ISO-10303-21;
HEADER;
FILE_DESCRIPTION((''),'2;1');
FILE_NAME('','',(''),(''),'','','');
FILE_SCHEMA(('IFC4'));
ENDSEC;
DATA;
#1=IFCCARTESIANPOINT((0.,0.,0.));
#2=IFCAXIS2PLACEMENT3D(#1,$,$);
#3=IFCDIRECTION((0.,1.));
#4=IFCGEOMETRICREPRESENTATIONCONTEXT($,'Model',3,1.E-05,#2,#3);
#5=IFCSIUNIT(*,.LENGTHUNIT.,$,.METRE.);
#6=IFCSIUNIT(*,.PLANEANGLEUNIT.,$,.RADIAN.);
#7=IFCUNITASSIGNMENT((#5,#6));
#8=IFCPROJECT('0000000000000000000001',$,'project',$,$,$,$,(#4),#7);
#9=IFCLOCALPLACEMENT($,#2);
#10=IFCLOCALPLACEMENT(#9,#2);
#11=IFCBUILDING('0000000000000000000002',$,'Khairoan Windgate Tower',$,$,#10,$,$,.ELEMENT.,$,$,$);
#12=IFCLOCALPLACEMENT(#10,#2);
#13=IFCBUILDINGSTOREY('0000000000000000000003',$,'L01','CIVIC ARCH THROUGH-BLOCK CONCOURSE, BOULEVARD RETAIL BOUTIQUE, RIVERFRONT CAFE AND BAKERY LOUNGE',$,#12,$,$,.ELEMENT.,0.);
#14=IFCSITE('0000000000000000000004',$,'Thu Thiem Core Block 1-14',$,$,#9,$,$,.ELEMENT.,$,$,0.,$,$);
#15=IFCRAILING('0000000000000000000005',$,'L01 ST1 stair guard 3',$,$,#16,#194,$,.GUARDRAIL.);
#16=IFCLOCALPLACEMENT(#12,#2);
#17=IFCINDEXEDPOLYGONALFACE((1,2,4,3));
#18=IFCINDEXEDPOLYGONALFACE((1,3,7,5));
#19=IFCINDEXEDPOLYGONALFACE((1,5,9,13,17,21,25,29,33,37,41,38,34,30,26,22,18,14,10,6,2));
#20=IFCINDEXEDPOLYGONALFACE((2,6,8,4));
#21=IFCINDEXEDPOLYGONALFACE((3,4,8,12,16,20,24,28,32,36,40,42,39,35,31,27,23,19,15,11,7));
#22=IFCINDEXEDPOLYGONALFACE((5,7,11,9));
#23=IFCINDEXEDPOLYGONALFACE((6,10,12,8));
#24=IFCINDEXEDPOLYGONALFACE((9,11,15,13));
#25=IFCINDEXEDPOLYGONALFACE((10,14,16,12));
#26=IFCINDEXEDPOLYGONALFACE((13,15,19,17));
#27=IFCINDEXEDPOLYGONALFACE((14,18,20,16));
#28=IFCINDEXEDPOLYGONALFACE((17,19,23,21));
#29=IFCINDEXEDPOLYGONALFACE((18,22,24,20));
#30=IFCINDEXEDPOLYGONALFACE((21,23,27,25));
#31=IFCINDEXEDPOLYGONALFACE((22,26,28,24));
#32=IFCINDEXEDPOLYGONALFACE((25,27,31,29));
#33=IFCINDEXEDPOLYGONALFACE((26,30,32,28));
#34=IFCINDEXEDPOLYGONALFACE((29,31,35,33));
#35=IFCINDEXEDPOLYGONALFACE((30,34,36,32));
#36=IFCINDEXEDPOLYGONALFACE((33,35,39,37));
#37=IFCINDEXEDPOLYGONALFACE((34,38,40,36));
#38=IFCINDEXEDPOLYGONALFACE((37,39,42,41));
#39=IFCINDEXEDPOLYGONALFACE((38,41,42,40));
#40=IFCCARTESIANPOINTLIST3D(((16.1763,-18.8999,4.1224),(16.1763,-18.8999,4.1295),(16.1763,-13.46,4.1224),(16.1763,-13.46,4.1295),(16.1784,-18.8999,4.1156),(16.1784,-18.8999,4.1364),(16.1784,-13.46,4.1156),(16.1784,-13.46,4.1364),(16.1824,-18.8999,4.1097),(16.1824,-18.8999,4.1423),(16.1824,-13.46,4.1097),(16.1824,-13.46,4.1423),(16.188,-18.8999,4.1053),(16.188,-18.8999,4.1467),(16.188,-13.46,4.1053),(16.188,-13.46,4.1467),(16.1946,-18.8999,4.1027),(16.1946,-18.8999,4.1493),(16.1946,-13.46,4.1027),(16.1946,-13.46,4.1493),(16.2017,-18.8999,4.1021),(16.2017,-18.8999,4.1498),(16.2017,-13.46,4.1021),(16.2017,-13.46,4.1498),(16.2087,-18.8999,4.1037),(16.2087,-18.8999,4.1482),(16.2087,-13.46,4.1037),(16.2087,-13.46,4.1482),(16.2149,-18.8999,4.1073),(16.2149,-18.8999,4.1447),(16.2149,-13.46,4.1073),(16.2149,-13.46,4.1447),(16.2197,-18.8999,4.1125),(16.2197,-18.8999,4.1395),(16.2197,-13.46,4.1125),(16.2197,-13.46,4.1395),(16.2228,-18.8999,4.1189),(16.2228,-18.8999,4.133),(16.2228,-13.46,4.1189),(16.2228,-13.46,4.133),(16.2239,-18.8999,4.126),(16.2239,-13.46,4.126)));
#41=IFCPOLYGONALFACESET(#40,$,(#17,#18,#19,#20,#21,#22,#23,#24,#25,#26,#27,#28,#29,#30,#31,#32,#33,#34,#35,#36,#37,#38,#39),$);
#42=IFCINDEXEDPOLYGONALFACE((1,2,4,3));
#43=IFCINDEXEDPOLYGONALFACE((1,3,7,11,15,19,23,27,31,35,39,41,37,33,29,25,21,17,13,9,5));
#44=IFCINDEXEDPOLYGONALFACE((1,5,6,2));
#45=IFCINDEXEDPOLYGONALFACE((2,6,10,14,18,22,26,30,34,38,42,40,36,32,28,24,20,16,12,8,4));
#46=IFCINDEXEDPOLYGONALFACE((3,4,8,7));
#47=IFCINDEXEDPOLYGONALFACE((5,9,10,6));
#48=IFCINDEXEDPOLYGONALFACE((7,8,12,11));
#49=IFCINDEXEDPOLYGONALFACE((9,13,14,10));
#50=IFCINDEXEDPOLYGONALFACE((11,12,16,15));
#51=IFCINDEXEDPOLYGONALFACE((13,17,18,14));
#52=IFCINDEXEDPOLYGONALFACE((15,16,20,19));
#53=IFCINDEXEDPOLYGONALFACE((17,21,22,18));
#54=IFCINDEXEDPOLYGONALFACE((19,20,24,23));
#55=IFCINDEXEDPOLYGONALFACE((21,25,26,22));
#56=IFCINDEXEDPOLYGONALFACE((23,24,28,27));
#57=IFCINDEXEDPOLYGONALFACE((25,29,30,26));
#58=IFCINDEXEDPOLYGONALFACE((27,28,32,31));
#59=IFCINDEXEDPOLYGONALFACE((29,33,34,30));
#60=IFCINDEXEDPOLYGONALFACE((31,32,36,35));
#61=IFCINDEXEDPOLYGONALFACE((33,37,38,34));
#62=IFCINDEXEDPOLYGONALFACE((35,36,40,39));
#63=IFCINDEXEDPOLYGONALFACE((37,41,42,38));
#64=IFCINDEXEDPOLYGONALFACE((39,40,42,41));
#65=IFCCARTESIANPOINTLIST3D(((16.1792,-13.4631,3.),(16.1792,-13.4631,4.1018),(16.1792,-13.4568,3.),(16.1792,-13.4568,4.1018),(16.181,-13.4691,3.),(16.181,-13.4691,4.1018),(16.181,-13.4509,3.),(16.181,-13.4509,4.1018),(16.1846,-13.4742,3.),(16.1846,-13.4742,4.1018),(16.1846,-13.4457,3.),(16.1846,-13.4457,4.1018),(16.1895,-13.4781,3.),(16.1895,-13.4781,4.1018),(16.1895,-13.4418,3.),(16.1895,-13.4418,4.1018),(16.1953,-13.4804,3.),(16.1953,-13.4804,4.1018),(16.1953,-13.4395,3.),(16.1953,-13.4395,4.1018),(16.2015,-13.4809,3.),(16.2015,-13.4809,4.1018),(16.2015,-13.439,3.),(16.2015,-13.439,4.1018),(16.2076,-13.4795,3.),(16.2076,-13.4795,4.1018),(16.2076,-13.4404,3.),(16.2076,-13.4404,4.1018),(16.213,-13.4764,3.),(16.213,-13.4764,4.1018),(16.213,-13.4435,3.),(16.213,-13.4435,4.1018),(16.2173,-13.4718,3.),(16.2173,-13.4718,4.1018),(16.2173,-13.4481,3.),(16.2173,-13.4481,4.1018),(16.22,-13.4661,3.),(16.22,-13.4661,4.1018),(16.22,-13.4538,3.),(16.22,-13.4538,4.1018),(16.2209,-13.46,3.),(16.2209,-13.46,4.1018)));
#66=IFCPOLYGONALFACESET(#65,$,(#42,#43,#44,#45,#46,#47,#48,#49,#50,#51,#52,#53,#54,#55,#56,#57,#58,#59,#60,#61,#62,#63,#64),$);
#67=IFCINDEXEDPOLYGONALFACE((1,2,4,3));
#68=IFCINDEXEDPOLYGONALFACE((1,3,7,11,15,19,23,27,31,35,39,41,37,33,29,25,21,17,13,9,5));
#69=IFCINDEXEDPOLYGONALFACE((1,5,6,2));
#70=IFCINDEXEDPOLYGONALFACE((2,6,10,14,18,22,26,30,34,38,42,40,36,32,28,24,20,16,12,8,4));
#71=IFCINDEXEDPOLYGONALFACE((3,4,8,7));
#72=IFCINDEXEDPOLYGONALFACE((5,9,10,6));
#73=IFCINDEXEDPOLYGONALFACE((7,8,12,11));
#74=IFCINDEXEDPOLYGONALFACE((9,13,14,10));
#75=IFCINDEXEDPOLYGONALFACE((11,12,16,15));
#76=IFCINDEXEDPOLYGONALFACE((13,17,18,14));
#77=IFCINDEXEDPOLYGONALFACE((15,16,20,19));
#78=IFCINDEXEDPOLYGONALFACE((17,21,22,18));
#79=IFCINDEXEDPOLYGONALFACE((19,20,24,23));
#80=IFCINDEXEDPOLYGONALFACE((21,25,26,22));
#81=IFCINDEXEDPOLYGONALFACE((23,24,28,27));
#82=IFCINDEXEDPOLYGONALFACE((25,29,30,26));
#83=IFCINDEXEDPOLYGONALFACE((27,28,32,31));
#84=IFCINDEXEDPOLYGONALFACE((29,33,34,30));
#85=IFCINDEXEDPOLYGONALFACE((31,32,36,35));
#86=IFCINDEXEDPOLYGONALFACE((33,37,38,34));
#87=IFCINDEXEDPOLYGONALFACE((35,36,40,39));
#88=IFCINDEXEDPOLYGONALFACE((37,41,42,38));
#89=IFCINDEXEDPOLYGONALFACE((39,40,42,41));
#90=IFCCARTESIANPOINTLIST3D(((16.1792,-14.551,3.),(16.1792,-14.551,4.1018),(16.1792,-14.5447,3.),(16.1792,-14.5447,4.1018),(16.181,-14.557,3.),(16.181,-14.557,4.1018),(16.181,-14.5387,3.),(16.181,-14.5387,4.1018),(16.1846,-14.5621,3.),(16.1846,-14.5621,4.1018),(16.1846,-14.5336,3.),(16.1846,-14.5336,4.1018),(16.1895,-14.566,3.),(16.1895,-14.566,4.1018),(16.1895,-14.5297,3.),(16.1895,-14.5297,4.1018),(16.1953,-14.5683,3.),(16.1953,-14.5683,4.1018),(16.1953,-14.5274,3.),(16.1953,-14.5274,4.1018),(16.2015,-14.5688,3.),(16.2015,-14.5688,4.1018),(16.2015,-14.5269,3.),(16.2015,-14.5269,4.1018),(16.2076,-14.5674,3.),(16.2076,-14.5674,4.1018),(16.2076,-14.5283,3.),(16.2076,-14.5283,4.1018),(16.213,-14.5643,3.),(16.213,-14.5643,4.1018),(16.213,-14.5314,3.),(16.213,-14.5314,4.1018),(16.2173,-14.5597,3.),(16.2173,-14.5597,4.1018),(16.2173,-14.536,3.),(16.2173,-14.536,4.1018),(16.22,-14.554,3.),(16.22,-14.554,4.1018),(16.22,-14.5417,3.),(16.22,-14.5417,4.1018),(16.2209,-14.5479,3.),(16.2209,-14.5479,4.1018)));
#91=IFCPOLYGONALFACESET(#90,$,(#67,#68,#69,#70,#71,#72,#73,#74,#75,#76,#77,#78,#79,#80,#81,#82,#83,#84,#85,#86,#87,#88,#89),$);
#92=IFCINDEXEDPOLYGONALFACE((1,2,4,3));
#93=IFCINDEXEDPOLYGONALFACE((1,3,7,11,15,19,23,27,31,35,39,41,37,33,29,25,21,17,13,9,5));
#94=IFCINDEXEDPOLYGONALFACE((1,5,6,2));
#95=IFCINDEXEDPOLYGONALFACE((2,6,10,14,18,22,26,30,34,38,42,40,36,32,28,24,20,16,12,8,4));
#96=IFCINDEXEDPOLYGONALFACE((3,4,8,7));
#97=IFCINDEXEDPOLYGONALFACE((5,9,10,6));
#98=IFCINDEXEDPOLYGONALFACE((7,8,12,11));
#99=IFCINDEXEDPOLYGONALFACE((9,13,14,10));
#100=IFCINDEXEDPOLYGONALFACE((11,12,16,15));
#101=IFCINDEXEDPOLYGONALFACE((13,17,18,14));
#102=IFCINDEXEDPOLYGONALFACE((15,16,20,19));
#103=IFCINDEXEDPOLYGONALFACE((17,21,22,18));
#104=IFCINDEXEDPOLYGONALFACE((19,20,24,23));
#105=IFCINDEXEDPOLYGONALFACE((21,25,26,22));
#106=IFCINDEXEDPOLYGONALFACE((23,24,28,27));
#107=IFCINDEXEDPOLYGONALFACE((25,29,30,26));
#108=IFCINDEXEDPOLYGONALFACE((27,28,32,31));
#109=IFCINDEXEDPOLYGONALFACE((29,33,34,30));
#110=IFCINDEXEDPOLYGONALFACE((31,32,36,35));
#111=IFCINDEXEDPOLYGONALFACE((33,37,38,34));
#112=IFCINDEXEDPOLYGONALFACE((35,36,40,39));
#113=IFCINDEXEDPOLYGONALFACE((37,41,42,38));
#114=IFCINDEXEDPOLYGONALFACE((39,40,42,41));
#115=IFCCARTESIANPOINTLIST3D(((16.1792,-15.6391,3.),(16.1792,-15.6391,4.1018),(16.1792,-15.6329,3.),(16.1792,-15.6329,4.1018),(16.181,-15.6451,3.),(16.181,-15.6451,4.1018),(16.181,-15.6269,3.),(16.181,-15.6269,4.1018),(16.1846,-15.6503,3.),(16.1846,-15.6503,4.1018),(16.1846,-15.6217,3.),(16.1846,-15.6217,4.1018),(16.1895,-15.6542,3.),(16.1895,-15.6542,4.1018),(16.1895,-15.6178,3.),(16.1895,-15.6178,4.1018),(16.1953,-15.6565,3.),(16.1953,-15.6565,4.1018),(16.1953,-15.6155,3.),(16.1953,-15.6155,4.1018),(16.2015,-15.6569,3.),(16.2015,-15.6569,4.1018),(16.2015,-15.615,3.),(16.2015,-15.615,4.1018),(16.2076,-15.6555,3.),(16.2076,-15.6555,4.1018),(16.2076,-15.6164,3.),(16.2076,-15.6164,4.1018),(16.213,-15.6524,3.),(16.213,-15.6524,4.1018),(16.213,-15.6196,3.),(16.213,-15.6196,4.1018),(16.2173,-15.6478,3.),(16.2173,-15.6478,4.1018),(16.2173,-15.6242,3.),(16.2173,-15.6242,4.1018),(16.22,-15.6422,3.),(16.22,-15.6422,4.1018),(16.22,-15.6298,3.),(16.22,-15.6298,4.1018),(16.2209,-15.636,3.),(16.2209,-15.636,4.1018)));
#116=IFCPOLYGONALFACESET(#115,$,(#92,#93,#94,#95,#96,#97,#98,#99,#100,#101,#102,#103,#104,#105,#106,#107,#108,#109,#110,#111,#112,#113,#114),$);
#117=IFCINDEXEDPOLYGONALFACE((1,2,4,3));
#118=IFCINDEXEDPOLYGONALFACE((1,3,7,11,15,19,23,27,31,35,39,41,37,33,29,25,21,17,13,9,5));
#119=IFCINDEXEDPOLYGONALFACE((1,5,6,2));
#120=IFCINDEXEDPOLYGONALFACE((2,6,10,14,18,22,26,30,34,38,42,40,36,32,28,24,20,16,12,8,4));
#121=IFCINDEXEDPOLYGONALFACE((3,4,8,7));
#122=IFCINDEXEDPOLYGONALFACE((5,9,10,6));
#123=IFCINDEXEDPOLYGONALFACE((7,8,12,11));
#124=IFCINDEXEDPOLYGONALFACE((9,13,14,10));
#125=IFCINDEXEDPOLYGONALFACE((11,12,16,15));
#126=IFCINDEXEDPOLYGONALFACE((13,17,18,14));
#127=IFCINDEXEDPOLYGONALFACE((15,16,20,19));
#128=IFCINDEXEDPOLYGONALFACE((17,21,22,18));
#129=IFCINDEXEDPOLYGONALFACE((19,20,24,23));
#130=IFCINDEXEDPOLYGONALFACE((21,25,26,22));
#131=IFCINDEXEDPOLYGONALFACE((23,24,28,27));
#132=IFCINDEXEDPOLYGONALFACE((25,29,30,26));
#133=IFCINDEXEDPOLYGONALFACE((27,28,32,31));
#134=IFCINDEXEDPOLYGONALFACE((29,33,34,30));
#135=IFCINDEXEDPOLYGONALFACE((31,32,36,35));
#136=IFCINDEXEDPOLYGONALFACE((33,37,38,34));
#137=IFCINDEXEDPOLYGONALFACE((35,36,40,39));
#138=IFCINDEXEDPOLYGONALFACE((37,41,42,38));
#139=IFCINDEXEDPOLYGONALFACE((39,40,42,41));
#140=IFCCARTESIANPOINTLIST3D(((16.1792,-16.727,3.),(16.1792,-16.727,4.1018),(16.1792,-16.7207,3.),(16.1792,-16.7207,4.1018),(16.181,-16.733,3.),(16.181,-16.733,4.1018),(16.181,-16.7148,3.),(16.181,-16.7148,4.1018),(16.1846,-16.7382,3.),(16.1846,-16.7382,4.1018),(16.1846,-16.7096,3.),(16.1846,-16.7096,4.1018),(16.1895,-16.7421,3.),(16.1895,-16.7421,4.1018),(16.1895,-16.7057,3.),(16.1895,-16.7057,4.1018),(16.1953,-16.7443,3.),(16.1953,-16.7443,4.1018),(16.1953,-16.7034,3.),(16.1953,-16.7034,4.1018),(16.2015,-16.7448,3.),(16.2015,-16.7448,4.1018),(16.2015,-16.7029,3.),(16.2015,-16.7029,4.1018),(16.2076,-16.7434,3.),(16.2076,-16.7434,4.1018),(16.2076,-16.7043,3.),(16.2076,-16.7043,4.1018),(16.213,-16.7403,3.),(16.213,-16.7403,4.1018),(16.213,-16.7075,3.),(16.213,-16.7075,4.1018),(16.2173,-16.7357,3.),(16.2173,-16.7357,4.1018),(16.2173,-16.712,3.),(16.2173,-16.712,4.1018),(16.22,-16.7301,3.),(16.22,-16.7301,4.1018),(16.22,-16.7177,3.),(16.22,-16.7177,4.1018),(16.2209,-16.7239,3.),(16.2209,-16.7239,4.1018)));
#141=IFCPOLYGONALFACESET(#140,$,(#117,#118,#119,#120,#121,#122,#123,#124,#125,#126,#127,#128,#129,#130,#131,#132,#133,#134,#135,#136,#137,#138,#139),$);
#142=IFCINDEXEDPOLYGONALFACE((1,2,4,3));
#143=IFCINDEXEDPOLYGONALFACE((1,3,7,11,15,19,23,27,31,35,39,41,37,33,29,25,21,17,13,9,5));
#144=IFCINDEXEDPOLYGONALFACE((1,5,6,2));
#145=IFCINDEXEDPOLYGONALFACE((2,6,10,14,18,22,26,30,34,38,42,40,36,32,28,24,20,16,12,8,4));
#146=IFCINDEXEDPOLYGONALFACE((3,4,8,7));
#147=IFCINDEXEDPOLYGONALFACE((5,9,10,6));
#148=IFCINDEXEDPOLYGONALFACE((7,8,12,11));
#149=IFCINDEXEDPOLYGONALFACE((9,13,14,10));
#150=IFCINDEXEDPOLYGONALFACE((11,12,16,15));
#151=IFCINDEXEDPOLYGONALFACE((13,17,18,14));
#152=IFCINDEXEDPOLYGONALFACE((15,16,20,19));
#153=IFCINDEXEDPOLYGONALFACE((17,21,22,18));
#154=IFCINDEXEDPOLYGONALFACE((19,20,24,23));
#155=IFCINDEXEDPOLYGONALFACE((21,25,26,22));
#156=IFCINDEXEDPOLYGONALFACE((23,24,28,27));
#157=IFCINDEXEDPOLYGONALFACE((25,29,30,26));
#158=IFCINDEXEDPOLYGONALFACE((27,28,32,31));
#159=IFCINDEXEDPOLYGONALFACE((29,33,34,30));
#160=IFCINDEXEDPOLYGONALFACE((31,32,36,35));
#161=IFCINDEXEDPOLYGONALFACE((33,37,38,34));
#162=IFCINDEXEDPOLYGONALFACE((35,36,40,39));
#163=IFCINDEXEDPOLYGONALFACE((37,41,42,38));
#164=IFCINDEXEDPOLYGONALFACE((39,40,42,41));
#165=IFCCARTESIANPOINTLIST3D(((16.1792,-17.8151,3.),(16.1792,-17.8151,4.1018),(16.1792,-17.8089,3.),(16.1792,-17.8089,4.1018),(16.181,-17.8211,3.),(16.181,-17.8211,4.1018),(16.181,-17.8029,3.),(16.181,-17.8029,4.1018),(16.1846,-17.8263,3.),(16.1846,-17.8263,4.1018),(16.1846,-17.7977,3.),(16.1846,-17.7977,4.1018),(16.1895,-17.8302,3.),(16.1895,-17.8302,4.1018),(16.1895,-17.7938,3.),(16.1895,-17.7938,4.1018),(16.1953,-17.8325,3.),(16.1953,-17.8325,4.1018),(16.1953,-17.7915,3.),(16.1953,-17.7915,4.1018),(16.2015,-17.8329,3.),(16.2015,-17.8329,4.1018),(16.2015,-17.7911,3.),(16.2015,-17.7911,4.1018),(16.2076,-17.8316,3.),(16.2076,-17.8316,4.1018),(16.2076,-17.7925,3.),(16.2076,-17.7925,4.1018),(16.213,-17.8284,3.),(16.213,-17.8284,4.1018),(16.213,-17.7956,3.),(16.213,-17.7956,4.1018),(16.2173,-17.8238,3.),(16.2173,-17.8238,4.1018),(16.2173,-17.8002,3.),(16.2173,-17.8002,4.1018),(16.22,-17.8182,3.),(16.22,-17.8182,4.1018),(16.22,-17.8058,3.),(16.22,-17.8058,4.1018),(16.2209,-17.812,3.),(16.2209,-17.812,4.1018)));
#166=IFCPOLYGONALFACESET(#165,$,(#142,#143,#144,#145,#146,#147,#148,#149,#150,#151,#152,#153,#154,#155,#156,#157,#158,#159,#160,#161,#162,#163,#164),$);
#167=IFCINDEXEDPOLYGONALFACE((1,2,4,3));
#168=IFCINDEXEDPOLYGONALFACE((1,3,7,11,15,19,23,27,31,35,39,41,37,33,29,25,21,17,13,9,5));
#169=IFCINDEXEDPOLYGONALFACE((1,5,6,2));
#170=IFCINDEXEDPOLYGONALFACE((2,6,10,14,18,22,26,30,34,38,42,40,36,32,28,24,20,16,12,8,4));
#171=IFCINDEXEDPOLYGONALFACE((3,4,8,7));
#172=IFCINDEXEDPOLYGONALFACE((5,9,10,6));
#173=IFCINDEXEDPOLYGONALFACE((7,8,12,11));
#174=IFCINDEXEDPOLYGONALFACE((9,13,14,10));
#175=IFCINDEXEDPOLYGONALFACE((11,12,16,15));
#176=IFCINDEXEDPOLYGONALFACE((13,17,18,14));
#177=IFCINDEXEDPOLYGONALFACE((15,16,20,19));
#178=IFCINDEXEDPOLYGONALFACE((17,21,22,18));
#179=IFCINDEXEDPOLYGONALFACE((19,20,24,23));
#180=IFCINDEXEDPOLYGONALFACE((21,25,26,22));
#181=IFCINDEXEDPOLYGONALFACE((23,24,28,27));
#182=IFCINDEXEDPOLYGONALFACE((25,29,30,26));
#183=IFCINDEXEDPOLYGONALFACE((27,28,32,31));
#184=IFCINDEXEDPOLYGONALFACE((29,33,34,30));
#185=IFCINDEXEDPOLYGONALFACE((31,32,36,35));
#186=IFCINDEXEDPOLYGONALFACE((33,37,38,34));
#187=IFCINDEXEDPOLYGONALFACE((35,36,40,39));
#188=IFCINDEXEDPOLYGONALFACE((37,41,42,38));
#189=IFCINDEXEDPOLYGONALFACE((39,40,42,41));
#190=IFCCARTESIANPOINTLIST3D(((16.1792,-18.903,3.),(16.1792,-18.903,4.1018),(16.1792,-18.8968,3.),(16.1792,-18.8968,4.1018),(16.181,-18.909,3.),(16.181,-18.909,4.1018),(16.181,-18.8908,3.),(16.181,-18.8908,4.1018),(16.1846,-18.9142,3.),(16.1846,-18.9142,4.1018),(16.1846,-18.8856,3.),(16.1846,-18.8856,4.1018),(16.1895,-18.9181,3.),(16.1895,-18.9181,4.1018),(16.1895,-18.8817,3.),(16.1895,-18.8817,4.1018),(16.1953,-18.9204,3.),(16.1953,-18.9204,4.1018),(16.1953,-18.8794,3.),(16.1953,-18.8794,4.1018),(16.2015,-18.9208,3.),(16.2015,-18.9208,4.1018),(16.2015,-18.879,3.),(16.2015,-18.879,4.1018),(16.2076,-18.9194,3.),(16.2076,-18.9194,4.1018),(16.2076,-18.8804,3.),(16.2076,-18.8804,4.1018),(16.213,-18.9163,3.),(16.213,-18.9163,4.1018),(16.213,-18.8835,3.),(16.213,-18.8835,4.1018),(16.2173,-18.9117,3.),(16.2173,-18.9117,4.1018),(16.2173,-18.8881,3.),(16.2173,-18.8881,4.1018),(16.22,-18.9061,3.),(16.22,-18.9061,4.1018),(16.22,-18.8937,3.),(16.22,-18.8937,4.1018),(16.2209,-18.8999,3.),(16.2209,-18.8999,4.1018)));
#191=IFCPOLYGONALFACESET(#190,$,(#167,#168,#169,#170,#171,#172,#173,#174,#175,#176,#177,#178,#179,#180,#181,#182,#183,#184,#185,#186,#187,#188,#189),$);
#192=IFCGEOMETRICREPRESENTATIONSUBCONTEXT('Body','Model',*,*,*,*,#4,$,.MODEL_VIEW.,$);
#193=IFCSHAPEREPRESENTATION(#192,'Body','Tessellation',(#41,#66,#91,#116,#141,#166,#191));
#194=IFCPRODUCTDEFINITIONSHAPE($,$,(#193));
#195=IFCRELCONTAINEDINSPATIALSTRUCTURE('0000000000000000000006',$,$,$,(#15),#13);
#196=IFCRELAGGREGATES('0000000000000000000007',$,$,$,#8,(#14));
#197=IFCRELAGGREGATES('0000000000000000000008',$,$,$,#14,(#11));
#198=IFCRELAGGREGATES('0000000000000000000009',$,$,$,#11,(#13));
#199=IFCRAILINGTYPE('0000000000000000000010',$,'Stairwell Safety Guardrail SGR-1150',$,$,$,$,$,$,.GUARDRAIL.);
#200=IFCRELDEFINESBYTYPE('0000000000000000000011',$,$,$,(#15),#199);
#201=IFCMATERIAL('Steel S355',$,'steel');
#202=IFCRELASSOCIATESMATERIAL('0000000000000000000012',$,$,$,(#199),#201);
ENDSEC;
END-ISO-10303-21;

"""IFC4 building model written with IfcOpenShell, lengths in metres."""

from ifc_helpers import new_model, si_unit, direction, frame, origin, origin_2d, place, context, subcontext, project, spatial, circle, extrude, material, type_object, element, save


model = new_model("IFC4")

# Units and contexts
model_context = context("Model", 3, precision=1e-05, world=origin(), true_north=direction((0.0, 1.0)))
body_context = subcontext(model_context, "Body", "Model", "MODEL_VIEW")
ifc_project = project(units=[si_unit("LENGTHUNIT", "METRE"), si_unit("PLANEANGLEUNIT", "RADIAN")], contexts=[model_context])

# Site, building, storey
site_placement = place(None, origin())
site = spatial("IfcSite", under=ifc_project, at=site_placement, Name="Thu Thiem Core Block 1-14", CompositionType="ELEMENT", RefElevation=0.0)
building_placement = place(site_placement, origin())
building = spatial("IfcBuilding", under=site, at=building_placement, Name="Khairoan Windgate Tower", CompositionType="ELEMENT")
storey_placement = place(building_placement, origin())
storey = spatial("IfcBuildingStorey", under=building, at=storey_placement, Name="L01", Description="CIVIC ARCH THROUGH-BLOCK CONCOURSE, BOULEVARD RETAIL BOUTIQUE, RIVERFRONT CAFE AND BAKERY LOUNGE", CompositionType="ELEMENT", Elevation=0.0)

# Railing
ifc_material_1 = material(Name="Steel S355", Category="steel")
railing_type_1 = type_object("IfcRailingType", Name="Stairwell Safety Guardrail SGR-1150", PredefinedType="GUARDRAIL", material=ifc_material_1)
for number, where, name in (
    (1, (16.2, -13.46, 3.0), "L01 ST1 stair guard 3"),
):
    element("IfcRailing", number, at=place(storey_placement, frame(where)), inside=storey, type_object=railing_type_1, Name=name, PredefinedType="GUARDRAIL", context=body_context, shape_type="SweptSolid", body=[
        extrude(circle(Radius=0.0239, at=origin_2d()), frame((0.0, 0.0, 1.126), z_axis=(0.0, -1.0, 0.0), x_axis=(1.0, 0.0, 0.0)), (0.0, 0.0, 1.0), 5.4399),
        extrude(circle(Radius=0.021, at=origin_2d()), origin(), (0.0, 0.0, 1.0), 1.1018),
        extrude(circle(Radius=0.021, at=origin_2d()), frame((0.0, -1.0879, 0.0)), (0.0, 0.0, 1.0), 1.1018),
        extrude(circle(Radius=0.021, at=origin_2d()), frame((0.0, -2.176, 0.0)), (0.0, 0.0, 1.0), 1.1018),
        extrude(circle(Radius=0.021, at=origin_2d()), frame((0.0, -3.2639, 0.0)), (0.0, 0.0, 1.0), 1.1018),
        extrude(circle(Radius=0.021, at=origin_2d()), frame((0.0, -4.3521, 0.0)), (0.0, 0.0, 1.0), 1.1018),
        extrude(circle(Radius=0.021, at=origin_2d()), frame((0.0, -5.4399, 0.0)), (0.0, 0.0, 1.0), 1.1018),
    ])

save(model, "model.ifc")
